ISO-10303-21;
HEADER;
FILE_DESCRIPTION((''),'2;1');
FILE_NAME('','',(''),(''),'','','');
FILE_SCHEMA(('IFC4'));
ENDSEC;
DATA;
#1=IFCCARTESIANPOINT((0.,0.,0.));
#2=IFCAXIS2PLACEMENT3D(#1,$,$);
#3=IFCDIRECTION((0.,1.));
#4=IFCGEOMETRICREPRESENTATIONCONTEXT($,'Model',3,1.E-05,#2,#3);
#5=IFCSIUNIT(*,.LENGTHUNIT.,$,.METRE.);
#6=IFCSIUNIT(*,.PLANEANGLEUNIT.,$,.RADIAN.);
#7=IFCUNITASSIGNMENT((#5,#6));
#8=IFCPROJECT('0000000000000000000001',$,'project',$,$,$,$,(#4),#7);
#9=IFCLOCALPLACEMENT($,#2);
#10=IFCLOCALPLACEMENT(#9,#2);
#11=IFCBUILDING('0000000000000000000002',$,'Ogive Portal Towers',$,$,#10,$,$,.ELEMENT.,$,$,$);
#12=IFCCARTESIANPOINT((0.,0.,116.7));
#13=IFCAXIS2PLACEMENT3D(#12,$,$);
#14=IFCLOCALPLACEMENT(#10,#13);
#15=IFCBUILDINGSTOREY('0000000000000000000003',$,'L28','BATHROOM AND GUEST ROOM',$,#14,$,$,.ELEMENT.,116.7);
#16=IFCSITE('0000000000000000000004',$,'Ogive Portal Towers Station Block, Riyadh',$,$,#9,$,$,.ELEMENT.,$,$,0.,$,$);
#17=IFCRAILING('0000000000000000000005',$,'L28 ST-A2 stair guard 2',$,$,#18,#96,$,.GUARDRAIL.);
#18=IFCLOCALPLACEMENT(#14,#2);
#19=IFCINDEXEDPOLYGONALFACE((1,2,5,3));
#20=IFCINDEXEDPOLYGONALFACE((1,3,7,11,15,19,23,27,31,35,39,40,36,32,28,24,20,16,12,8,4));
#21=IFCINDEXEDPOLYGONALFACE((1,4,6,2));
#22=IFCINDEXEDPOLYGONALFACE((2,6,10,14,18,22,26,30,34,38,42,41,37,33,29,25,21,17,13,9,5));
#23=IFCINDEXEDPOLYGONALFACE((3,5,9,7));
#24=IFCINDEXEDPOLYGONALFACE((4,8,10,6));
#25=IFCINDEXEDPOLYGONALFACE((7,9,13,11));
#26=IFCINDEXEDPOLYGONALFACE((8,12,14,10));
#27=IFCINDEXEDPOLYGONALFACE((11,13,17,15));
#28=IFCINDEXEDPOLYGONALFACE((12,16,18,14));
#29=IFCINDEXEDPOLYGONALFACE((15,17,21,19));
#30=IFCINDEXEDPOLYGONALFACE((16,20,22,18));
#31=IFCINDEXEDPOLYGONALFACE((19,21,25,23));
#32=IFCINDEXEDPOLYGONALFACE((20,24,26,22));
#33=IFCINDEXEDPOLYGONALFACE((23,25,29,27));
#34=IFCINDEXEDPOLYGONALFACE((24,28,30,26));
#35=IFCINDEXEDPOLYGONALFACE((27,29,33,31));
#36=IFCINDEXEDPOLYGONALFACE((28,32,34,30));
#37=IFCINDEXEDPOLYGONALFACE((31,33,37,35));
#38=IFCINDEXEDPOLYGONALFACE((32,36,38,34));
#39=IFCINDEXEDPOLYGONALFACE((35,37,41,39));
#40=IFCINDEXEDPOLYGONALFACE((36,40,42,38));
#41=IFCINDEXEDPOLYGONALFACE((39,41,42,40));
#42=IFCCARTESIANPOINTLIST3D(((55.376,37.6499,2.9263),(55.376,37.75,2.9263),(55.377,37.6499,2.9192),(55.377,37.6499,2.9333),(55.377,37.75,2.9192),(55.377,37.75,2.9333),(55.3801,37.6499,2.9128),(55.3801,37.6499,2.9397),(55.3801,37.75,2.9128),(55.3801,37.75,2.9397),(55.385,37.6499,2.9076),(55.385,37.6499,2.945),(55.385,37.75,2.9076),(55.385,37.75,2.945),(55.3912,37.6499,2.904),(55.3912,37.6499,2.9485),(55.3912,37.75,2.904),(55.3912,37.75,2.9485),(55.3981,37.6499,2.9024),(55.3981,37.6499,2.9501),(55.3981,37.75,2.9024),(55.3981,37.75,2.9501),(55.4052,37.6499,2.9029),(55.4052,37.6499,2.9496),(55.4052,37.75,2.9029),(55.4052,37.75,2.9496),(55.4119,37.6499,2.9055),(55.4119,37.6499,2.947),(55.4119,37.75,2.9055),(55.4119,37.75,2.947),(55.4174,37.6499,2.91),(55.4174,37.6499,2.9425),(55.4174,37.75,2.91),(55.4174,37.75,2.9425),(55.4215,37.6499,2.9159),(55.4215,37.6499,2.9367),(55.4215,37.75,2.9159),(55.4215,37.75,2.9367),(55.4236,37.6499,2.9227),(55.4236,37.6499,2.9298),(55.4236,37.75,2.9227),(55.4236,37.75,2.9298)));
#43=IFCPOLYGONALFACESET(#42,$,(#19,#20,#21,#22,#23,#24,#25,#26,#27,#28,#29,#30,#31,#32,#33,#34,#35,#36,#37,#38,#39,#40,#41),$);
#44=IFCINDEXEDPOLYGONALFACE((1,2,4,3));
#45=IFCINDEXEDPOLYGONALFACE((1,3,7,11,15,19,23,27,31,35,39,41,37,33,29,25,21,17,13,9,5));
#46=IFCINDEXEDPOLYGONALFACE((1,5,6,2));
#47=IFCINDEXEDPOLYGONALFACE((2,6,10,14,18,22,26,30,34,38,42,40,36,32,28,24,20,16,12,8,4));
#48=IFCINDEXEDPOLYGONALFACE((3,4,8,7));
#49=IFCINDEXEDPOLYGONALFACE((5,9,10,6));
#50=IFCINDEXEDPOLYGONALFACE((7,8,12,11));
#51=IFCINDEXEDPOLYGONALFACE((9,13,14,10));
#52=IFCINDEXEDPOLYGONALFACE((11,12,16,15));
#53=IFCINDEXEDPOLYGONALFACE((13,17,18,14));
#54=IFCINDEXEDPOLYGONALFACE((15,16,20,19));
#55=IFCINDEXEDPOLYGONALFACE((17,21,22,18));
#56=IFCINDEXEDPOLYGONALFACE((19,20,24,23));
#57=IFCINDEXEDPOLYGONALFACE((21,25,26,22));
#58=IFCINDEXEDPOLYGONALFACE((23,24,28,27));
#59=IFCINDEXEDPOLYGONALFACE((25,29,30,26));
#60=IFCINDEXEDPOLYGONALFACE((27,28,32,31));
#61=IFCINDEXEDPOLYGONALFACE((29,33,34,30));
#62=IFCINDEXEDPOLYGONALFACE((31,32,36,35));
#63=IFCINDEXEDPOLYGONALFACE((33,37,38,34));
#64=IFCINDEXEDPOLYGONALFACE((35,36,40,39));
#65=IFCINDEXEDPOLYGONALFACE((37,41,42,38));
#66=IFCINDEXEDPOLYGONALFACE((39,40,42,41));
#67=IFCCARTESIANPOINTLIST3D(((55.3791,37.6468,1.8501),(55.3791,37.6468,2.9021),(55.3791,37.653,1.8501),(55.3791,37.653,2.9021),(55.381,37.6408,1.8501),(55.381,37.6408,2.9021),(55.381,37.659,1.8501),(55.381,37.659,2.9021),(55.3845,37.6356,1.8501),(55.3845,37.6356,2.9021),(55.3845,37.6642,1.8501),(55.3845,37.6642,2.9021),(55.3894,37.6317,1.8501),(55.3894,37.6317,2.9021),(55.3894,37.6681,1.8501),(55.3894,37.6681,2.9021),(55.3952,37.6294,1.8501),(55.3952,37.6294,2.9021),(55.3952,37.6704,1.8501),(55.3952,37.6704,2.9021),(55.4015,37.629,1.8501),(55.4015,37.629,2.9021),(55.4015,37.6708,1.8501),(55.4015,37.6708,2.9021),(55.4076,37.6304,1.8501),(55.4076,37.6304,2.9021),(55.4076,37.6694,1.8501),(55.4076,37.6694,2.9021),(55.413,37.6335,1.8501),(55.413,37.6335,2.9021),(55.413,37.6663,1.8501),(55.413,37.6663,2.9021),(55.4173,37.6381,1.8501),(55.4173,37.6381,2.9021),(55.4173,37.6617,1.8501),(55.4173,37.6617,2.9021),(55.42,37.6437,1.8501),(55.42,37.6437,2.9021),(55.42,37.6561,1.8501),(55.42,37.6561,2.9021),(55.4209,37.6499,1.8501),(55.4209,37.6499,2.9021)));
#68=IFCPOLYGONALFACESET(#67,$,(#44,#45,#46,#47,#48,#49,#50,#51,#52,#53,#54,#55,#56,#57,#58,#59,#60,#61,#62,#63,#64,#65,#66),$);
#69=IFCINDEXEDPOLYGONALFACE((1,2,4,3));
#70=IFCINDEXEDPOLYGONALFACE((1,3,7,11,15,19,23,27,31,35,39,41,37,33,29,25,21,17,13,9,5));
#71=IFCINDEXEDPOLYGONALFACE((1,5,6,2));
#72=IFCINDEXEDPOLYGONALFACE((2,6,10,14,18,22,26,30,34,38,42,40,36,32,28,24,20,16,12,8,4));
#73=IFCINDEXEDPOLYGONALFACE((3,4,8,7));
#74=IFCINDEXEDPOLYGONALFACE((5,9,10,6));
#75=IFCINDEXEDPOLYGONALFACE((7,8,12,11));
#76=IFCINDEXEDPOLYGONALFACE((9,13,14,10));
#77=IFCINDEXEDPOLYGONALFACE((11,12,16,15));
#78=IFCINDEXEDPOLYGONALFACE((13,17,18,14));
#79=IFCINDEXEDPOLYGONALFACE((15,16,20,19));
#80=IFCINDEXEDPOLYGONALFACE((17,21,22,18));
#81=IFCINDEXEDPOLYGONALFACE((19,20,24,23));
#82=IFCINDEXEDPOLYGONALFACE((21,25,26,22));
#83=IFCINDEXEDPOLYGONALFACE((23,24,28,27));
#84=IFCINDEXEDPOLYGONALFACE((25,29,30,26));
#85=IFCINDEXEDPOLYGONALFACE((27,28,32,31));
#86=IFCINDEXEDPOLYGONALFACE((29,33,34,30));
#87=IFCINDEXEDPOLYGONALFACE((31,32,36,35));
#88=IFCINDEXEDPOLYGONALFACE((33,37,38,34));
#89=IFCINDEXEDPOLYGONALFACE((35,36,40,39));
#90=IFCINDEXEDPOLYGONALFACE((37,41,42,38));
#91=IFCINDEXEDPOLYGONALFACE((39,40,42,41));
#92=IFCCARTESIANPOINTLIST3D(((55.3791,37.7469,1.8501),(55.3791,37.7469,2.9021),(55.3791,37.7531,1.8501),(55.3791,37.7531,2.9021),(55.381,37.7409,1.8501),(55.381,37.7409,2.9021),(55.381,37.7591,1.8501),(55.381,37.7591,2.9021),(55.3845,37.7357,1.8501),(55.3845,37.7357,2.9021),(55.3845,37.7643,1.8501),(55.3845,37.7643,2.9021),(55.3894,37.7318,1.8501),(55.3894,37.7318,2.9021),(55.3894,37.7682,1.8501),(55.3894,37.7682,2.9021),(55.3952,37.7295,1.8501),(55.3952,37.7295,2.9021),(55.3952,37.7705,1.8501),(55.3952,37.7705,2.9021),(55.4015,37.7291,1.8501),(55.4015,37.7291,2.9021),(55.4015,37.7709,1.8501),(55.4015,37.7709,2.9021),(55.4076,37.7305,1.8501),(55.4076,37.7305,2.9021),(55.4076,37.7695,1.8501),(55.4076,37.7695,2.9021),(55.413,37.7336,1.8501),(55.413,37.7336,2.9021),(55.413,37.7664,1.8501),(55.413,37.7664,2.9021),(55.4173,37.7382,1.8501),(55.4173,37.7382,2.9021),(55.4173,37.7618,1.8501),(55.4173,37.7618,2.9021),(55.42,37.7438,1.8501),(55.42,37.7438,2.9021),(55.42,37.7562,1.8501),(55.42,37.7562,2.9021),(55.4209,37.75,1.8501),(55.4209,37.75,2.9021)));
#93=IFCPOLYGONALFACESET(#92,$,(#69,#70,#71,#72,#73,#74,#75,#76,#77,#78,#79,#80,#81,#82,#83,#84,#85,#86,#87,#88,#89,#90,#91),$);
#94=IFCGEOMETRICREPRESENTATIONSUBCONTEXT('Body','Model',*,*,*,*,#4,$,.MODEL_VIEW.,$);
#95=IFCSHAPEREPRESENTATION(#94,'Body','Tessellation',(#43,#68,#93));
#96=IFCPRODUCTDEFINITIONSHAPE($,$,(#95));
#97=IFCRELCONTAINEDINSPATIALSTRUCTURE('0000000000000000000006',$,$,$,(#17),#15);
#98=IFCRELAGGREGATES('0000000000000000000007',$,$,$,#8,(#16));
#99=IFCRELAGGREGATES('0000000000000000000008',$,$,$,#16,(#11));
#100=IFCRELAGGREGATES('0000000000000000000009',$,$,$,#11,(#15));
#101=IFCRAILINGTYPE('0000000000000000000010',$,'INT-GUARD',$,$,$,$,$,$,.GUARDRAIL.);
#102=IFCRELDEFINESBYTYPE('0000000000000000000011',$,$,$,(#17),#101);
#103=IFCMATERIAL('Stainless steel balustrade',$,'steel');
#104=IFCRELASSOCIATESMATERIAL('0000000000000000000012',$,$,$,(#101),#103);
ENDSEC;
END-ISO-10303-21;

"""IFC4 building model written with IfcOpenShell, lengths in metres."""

from ifc_helpers import new_model, si_unit, direction, frame, origin, origin_2d, place, context, subcontext, project, spatial, circle, extrude, material, type_object, element, save


model = new_model("IFC4")

# Units and contexts
model_context = context("Model", 3, precision=1e-05, world=origin(), true_north=direction((0.0, 1.0)))
body_context = subcontext(model_context, "Body", "Model", "MODEL_VIEW")
ifc_project = project(units=[si_unit("LENGTHUNIT", "METRE"), si_unit("PLANEANGLEUNIT", "RADIAN")], contexts=[model_context])

# Site, building, storey
site_placement = place(None, origin())
site = spatial("IfcSite", under=ifc_project, at=site_placement, Name="Ogive Portal Towers Station Block, Riyadh", CompositionType="ELEMENT", RefElevation=0.0)
building_placement = place(site_placement, origin())
building = spatial("IfcBuilding", under=site, at=building_placement, Name="Ogive Portal Towers", CompositionType="ELEMENT")
storey_placement = place(building_placement, frame((0.0, 0.0, 116.7)))
storey = spatial("IfcBuildingStorey", under=building, at=storey_placement, Name="L28", Description="BATHROOM AND GUEST ROOM", CompositionType="ELEMENT", Elevation=116.7)

# Railing
ifc_material_1 = material(Name="Stainless steel balustrade", Category="steel")
railing_type_1 = type_object("IfcRailingType", Name="INT-GUARD", PredefinedType="GUARDRAIL", material=ifc_material_1)
railing_1_placement = place(storey_placement, frame((55.3999, 37.6499, 1.8501)))
element("IfcRailing", 1, at=railing_1_placement, inside=storey, type_object=railing_type_1, Name="L28 ST-A2 stair guard 2", PredefinedType="GUARDRAIL", context=body_context, shape_type="SweptSolid", body=[
    extrude(circle(Radius=0.0239, at=origin_2d()), frame((0.0, 0.0, 1.0762), z_axis=(0.0, 1.0, 0.0), x_axis=(-1.0, 0.0, 0.0)), (0.0, 0.0, 1.0), 0.1001),
    extrude(circle(Radius=0.021, at=origin_2d()), origin(), (0.0, 0.0, 1.0), 1.052),
    extrude(circle(Radius=0.021, at=origin_2d()), frame((0.0, 0.1001, 0.0)), (0.0, 0.0, 1.0), 1.052),
])

save(model, "model.ifc")
